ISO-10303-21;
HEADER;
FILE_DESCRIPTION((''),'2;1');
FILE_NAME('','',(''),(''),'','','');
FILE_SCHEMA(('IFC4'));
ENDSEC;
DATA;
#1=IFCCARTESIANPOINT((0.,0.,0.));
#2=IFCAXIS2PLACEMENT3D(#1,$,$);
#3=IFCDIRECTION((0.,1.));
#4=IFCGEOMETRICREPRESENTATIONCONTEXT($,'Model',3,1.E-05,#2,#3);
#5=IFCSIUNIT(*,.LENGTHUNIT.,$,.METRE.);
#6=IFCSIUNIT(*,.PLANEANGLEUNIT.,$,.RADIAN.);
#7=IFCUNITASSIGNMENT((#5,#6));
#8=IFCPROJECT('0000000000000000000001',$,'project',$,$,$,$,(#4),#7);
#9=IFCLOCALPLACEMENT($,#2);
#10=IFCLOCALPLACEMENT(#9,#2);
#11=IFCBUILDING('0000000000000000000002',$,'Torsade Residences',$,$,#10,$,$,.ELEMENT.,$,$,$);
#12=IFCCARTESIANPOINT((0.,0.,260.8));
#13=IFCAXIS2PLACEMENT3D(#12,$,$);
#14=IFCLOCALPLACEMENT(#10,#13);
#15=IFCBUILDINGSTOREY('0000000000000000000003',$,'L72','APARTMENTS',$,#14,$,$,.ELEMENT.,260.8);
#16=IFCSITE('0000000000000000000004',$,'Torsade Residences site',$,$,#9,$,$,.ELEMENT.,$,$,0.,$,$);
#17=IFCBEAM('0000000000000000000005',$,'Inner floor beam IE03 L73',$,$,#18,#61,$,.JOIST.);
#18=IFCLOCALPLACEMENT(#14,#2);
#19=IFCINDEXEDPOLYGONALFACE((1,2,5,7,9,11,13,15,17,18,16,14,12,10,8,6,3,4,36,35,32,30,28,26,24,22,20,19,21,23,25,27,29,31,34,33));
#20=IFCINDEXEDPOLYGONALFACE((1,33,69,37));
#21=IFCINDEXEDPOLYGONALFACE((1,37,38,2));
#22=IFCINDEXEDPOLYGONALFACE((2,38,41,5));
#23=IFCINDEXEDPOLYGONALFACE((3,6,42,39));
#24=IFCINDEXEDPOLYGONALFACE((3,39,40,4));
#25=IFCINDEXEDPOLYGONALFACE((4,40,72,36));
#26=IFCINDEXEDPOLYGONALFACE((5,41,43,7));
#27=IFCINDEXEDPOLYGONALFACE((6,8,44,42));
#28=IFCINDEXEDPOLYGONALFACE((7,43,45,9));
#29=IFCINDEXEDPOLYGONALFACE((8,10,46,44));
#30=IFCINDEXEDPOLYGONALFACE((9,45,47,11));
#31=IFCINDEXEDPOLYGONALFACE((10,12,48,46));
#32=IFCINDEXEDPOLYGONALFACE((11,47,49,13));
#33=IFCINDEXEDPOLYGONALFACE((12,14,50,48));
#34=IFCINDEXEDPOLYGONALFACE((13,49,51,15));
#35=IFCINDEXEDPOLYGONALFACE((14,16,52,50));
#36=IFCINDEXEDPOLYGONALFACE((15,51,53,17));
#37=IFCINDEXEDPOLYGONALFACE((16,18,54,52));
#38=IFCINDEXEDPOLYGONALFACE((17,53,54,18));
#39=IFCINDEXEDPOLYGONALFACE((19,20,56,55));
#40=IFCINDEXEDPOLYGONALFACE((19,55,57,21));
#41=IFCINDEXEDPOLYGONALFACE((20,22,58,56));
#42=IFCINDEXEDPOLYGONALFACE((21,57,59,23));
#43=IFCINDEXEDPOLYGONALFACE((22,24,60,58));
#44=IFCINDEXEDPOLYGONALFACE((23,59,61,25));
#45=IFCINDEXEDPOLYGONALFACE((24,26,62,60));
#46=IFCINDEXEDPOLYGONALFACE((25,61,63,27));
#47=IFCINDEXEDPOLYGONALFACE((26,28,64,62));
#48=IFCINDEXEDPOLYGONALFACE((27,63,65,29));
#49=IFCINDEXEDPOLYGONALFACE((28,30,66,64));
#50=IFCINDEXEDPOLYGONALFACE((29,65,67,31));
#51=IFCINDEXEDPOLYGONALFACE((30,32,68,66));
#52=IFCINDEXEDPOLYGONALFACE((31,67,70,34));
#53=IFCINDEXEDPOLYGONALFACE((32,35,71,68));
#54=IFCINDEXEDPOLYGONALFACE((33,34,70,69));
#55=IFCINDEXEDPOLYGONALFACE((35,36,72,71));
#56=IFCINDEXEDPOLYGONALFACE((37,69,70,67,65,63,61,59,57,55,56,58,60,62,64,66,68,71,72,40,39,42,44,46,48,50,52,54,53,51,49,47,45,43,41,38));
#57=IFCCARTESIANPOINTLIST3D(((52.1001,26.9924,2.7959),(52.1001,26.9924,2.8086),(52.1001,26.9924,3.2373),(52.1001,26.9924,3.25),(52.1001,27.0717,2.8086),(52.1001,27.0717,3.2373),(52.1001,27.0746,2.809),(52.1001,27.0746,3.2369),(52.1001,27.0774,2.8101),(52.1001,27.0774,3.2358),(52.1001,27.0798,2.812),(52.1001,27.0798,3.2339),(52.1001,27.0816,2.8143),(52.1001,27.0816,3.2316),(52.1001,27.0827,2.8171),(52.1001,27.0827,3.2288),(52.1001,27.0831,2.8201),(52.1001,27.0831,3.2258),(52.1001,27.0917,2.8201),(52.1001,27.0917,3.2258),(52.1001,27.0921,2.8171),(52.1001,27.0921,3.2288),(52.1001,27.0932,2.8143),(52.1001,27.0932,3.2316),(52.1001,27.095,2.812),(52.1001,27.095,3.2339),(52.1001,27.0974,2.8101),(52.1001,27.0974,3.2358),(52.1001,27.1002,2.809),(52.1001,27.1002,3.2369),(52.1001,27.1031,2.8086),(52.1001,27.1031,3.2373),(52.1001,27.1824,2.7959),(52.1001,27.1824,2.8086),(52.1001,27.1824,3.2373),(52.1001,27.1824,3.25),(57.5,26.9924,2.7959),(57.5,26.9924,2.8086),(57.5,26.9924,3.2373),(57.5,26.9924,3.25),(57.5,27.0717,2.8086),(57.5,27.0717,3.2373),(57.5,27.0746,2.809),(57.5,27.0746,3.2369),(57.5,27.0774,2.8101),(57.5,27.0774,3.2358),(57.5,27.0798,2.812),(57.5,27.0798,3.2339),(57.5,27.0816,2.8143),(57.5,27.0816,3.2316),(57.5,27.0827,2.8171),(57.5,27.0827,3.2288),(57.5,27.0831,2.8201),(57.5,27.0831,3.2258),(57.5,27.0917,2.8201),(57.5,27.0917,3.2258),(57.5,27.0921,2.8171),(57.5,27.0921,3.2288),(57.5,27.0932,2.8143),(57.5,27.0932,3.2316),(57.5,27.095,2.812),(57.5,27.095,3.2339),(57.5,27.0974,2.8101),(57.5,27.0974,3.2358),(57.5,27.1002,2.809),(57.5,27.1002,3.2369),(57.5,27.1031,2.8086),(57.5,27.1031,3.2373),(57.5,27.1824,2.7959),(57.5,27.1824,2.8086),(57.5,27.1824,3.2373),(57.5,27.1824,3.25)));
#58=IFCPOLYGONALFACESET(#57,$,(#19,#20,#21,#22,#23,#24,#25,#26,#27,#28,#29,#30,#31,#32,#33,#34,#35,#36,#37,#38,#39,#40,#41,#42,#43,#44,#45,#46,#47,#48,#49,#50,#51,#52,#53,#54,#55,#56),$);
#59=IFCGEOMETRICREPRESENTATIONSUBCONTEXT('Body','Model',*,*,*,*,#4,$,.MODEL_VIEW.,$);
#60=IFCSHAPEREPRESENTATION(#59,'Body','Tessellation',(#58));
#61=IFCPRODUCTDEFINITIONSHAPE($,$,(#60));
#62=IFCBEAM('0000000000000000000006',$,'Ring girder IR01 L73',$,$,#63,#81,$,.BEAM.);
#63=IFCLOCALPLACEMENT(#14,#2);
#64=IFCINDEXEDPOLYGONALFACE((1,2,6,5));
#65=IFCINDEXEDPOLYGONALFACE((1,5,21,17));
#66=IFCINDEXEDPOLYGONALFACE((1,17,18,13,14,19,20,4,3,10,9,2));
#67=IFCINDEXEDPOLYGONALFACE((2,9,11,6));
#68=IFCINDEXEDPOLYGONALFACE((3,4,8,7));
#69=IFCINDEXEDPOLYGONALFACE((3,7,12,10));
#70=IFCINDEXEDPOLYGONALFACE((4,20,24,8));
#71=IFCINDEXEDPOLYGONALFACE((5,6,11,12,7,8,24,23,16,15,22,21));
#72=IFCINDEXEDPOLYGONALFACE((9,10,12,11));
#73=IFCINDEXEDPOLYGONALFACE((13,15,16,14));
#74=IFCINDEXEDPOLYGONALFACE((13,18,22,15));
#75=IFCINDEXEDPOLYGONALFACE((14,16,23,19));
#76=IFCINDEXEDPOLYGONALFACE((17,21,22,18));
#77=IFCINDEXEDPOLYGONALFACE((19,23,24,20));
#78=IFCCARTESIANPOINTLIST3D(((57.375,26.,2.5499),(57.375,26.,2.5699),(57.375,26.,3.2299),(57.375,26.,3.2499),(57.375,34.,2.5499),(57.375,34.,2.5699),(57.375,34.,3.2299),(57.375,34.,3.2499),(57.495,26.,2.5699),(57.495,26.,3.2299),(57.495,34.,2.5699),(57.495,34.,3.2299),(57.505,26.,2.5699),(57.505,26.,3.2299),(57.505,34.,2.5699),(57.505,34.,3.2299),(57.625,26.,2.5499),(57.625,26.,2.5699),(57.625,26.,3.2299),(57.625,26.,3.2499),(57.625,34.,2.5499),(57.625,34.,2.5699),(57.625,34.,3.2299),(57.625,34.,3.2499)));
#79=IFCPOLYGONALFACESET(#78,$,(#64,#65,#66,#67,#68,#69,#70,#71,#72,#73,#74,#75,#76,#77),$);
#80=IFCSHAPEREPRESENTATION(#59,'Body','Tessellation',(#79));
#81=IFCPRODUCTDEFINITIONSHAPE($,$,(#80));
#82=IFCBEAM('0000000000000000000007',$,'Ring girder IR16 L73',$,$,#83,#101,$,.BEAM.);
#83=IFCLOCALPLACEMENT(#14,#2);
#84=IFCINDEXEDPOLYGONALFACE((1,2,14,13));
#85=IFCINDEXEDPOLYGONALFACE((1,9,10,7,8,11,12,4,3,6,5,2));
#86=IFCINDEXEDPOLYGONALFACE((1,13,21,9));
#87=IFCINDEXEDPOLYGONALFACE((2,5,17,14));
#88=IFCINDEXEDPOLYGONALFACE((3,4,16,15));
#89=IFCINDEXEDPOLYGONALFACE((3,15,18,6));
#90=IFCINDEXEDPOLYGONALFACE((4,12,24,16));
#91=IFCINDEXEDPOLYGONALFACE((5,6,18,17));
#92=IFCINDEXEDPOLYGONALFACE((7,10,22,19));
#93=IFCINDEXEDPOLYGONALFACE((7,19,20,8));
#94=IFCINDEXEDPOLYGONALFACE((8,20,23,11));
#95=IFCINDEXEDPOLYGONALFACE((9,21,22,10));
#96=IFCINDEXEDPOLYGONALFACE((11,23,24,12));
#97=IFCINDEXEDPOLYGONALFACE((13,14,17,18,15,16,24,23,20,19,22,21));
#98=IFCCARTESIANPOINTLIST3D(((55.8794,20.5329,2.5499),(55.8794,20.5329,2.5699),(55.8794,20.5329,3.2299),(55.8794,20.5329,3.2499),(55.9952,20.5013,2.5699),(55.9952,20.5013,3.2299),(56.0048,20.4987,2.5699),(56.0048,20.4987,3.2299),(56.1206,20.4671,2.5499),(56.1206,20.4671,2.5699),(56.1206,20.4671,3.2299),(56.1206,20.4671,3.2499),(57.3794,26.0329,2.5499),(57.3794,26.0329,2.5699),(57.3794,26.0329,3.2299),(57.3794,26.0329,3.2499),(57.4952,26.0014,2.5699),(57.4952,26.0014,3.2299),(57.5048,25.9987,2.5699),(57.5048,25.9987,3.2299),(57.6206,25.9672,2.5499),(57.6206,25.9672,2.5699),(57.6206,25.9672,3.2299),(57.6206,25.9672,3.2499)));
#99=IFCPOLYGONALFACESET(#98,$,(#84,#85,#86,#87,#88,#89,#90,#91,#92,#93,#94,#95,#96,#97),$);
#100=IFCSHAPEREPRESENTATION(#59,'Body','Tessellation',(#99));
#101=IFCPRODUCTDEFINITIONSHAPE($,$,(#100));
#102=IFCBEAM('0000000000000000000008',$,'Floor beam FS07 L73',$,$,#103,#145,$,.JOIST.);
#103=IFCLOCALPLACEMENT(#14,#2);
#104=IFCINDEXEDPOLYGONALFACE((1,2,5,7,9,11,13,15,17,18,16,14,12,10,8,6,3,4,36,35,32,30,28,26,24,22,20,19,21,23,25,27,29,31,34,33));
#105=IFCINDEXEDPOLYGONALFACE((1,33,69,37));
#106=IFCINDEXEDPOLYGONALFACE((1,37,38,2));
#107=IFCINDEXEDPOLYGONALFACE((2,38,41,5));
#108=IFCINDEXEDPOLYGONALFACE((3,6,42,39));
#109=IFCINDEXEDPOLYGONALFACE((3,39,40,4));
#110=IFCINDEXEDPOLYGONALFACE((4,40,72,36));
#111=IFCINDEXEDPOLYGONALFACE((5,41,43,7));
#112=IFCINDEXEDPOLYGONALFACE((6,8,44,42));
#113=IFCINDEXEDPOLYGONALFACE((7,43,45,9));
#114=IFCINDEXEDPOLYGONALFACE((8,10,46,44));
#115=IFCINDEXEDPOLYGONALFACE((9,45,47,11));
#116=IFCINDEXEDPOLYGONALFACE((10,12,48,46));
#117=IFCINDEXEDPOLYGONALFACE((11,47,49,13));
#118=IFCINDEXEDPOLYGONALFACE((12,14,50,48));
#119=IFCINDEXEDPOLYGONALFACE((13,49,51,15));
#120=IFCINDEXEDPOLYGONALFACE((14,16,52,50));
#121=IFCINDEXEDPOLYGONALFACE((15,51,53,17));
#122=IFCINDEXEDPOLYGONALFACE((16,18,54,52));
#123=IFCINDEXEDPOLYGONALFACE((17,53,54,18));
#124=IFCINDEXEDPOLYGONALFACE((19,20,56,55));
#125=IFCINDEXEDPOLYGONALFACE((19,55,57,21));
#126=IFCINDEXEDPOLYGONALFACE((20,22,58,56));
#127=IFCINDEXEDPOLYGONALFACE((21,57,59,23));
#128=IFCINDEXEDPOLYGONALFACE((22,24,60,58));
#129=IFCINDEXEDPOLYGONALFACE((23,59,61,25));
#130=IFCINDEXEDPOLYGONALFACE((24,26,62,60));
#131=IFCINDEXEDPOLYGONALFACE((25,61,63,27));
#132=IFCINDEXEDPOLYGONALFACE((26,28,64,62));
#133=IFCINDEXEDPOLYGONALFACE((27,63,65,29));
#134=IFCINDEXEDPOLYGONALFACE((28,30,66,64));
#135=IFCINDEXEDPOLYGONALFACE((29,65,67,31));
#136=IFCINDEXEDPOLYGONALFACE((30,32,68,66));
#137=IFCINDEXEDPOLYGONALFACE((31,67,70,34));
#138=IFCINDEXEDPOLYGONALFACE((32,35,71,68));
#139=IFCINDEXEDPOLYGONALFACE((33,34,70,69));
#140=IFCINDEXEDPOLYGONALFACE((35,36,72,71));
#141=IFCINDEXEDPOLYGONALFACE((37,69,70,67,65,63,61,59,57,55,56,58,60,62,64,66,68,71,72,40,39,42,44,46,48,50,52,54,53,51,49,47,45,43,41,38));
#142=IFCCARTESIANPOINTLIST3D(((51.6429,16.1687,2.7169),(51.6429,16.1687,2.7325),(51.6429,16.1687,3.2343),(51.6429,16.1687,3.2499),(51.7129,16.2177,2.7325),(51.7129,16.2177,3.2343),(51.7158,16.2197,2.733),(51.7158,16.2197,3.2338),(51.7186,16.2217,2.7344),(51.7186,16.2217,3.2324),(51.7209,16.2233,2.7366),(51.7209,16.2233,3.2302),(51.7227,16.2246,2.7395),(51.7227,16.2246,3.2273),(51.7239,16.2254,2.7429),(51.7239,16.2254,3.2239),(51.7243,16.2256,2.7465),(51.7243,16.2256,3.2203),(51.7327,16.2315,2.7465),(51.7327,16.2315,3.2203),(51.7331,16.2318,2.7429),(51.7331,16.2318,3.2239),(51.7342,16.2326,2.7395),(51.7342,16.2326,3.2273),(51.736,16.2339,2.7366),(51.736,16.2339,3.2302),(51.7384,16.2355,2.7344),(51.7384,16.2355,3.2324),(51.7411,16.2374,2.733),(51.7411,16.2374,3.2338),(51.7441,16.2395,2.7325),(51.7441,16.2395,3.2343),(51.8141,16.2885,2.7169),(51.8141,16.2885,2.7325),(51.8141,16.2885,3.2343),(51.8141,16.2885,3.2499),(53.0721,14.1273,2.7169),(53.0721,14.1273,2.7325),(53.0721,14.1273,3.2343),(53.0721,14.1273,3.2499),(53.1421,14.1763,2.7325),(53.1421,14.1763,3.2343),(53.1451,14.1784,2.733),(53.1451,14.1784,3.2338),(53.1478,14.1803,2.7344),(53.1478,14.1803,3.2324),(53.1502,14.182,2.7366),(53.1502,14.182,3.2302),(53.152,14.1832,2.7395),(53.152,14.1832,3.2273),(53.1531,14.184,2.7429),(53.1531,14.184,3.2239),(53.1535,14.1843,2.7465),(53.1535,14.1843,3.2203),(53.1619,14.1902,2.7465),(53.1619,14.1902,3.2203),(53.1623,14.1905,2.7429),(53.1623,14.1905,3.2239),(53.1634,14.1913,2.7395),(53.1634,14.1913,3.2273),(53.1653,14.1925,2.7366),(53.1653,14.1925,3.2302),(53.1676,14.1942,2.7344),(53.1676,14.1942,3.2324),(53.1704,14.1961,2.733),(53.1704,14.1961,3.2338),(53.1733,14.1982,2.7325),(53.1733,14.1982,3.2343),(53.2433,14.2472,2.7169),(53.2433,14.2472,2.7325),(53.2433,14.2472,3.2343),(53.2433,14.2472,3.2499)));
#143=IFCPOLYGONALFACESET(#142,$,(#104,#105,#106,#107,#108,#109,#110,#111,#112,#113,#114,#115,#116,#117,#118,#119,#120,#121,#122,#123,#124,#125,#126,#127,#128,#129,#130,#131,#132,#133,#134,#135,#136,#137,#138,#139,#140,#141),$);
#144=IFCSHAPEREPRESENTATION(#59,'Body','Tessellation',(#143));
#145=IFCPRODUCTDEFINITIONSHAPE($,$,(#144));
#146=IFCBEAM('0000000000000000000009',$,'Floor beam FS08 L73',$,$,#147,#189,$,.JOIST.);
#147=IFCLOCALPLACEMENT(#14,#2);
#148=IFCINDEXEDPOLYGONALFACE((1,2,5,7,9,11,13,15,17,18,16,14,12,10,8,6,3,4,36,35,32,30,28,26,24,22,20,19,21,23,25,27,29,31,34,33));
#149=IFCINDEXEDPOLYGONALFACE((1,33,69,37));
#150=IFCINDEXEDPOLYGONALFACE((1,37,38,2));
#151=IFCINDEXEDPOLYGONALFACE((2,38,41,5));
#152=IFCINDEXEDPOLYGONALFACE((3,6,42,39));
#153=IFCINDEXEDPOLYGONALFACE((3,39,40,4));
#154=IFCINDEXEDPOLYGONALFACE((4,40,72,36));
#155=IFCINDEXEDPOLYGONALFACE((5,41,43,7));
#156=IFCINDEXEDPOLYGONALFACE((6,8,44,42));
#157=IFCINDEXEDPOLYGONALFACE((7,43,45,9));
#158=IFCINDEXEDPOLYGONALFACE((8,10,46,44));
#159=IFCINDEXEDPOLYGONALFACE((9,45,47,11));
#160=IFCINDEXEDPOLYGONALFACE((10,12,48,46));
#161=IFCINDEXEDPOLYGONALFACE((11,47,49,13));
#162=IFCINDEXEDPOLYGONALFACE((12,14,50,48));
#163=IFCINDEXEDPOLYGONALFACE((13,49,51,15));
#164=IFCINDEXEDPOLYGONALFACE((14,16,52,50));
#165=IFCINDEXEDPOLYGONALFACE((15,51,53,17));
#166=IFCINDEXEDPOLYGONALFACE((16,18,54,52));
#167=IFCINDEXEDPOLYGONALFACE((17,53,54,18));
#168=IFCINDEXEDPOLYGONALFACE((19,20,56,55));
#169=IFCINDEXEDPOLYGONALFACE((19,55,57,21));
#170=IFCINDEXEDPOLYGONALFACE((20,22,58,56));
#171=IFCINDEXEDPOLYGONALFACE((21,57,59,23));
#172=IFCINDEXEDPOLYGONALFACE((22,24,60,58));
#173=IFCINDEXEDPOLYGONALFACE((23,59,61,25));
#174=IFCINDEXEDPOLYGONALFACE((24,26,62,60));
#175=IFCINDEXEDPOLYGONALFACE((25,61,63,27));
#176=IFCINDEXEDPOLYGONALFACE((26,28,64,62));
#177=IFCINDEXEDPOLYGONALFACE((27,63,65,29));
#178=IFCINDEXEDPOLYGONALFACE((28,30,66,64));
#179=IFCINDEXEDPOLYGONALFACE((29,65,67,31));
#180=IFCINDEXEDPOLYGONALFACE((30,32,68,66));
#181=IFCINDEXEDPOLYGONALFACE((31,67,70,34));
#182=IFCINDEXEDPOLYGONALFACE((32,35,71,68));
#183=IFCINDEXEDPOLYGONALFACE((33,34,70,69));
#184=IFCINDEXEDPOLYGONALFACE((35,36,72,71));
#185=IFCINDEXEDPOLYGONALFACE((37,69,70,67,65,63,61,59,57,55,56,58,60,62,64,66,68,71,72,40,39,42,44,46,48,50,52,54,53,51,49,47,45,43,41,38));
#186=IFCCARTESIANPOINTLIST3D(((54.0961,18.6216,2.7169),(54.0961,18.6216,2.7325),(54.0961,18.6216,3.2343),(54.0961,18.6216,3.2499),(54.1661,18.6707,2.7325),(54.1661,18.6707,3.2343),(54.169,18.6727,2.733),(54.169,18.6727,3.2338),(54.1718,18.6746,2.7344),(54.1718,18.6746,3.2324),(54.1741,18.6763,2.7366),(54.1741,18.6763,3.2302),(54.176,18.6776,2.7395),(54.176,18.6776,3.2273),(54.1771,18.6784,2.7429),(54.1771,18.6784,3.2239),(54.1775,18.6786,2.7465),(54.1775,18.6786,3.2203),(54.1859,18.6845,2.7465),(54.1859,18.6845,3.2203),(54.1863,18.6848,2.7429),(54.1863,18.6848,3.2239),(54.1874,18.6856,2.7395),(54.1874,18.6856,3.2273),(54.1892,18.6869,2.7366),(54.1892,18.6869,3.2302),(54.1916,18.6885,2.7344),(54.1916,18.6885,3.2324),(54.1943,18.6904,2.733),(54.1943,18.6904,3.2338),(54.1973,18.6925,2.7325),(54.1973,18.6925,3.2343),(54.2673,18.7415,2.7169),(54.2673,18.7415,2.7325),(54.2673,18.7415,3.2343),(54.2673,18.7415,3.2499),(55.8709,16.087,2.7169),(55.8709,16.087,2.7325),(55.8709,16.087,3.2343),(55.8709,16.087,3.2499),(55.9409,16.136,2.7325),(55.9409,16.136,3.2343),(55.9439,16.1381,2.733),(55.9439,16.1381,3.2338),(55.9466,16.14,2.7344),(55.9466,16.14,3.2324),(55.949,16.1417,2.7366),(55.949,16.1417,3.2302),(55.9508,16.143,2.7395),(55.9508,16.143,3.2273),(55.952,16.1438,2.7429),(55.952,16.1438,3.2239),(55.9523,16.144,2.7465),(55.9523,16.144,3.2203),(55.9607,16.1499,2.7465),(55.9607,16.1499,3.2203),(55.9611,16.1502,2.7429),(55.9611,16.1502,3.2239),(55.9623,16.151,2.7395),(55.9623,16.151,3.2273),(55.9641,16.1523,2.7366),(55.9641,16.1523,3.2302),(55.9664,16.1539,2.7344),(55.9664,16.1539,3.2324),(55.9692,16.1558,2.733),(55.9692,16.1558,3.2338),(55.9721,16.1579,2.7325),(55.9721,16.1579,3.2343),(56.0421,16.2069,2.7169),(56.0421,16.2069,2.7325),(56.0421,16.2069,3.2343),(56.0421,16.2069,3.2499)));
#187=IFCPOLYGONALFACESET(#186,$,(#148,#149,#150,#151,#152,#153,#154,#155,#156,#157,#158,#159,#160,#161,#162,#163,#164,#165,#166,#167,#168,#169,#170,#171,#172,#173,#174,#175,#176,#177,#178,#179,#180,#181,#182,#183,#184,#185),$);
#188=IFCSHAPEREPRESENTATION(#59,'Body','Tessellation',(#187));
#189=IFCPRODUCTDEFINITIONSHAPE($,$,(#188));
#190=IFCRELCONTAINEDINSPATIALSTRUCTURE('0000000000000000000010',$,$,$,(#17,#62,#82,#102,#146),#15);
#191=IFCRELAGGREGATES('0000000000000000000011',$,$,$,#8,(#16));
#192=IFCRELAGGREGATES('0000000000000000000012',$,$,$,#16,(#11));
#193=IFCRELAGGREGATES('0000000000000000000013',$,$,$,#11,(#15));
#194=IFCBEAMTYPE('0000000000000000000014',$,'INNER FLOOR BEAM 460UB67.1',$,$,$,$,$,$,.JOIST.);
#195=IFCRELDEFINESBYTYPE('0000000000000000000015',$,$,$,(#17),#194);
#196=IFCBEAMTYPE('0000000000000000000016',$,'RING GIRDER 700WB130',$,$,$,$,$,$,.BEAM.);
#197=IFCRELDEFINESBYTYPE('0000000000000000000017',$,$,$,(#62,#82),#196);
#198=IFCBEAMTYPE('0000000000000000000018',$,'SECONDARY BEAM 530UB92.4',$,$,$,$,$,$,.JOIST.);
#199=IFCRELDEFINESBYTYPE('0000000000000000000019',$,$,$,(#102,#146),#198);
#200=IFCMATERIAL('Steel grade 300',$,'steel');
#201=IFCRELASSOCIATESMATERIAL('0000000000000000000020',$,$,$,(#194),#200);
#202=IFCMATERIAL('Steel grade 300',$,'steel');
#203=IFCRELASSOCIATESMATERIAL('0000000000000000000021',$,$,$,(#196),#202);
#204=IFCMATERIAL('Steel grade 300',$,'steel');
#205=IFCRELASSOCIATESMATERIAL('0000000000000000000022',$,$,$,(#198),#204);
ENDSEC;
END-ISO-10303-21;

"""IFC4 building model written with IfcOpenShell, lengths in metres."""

from ifc_helpers import new_model, si_unit, direction, frame, origin, origin_2d, place, context, subcontext, project, spatial, i_section, extrude, material, material_profile, profile_set, type_object, element, save


model = new_model("IFC4")

# Units and contexts
model_context = context("Model", 3, precision=1e-05, world=origin(), true_north=direction((0.0, 1.0)))
body_context = subcontext(model_context, "Body", "Model", "MODEL_VIEW")
ifc_project = project(units=[si_unit("LENGTHUNIT", "METRE"), si_unit("PLANEANGLEUNIT", "RADIAN")], contexts=[model_context])

# Site, building, storey
site_placement = place(None, origin())
site = spatial("IfcSite", under=ifc_project, at=site_placement, Name="Torsade Residences site", CompositionType="ELEMENT", RefElevation=0.0)
building_placement = place(site_placement, origin())
building = spatial("IfcBuilding", under=site, at=building_placement, Name="Torsade Residences", CompositionType="ELEMENT")
storey_placement = place(building_placement, frame((0.0, 0.0, 260.8)))
storey = spatial("IfcBuildingStorey", under=building, at=storey_placement, Name="L72", Description="APARTMENTS", CompositionType="ELEMENT", Elevation=260.8)

# Beams
ifc_material_1 = material(Name="Steel grade 300", Category="steel")
ifc_material_profile_1 = material_profile(ifc_material_1, i_section(OverallWidth=0.1899, OverallDepth=0.4541, WebThickness=0.0085, FlangeThickness=0.0127, FilletRadius=0.0115, at=origin_2d()), Name="460UB67.1")
ifc_profile_set_1 = profile_set([ifc_material_profile_1], Name="Steel grade 300")
beam_type_1 = type_object("IfcBeamType", Name="INNER FLOOR BEAM 460UB67.1", PredefinedType="JOIST", material=ifc_profile_set_1)
beam_1_placement = place(storey_placement, frame((52.1001, 27.0874, 3.0229), z_axis=(1.0, 0.0, 0.0), x_axis=(0.0, 1.0, 0.0)))
element("IfcBeam", 1, at=beam_1_placement, inside=storey, type_object=beam_type_1, Name="Inner floor beam IE03 L73", PredefinedType="JOIST", context=body_context, shape_type="SweptSolid", body=[
    extrude(i_section(OverallWidth=0.1899, OverallDepth=0.4541, WebThickness=0.0085, FlangeThickness=0.0127, FilletRadius=0.0115, at=origin_2d()), origin(), (0.0, 0.0, 1.0), 5.3999),
])
ifc_material_2 = material(Name="Steel grade 300", Category="steel")
ifc_material_profile_2 = material_profile(ifc_material_2, i_section(OverallWidth=0.25, OverallDepth=0.7, WebThickness=0.01, FlangeThickness=0.02, at=origin_2d()), Name="700WB130")
ifc_profile_set_2 = profile_set([ifc_material_profile_2], Name="Steel grade 300")
beam_type_2 = type_object("IfcBeamType", Name="RING GIRDER 700WB130", PredefinedType="BEAM", material=ifc_profile_set_2)
beam_2_placement = place(storey_placement, frame((57.5, 26.0, 2.8999), z_axis=(0.0, 1.0, 0.0), x_axis=(-1.0, 0.0, 0.0)))
element("IfcBeam", 2, at=beam_2_placement, inside=storey, type_object=beam_type_2, Name="Ring girder IR01 L73", PredefinedType="BEAM", context=body_context, shape_type="SweptSolid", body=[
    extrude(i_section(OverallWidth=0.25, OverallDepth=0.7, WebThickness=0.01, FlangeThickness=0.02, at=origin_2d()), origin(), (0.0, 0.0, 1.0), 8.0),
])
beam_3_placement = place(storey_placement, frame((56.0, 20.5, 2.8999), z_axis=(0.263117, 0.964764, 0.0), x_axis=(-0.964764, 0.263117, 0.0)))
element("IfcBeam", 3, at=beam_3_placement, inside=storey, type_object=beam_type_2, Name="Ring girder IR16 L73", PredefinedType="BEAM", context=body_context, shape_type="SweptSolid", body=[
    extrude(i_section(OverallWidth=0.25, OverallDepth=0.7, WebThickness=0.01, FlangeThickness=0.02, at=origin_2d()), origin(), (0.0, 0.0, 1.0), 5.7009),
])
ifc_material_3 = material(Name="Steel grade 300", Category="steel")
ifc_material_profile_3 = material_profile(ifc_material_3, i_section(OverallWidth=0.209, OverallDepth=0.533, WebThickness=0.0103, FlangeThickness=0.0156, FilletRadius=0.0139, at=origin_2d()), Name="530UB92.4")
ifc_profile_set_3 = profile_set([ifc_material_profile_3], Name="Steel grade 300")
beam_type_3 = type_object("IfcBeamType", Name="SECONDARY BEAM 530UB92.4", PredefinedType="JOIST", material=ifc_profile_set_3)
beam_4_placement = place(storey_placement, frame((53.1577, 14.1873, 2.9834), z_axis=(-0.573548, 0.819172, 0.0), x_axis=(-0.819172, -0.573548, 0.0)))
element("IfcBeam", 4, at=beam_4_placement, inside=storey, type_object=beam_type_3, Name="Floor beam FS07 L73", PredefinedType="JOIST", context=body_context, shape_type="SweptSolid", body=[
    extrude(i_section(OverallWidth=0.209, OverallDepth=0.533, WebThickness=0.0103, FlangeThickness=0.0156, FilletRadius=0.0139, at=origin_2d()), origin(), (0.0, 0.0, 1.0), 2.4919),
])
beam_5_placement = place(storey_placement, frame((55.9565, 16.147, 2.9834), z_axis=(-0.5736, 0.819136, 0.0), x_axis=(-0.819136, -0.5736, 0.0)))
element("IfcBeam", 5, at=beam_5_placement, inside=storey, type_object=beam_type_3, Name="Floor beam FS08 L73", PredefinedType="JOIST", context=body_context, shape_type="SweptSolid", body=[
    extrude(i_section(OverallWidth=0.209, OverallDepth=0.533, WebThickness=0.0103, FlangeThickness=0.0156, FilletRadius=0.0139, at=origin_2d()), origin(), (0.0, 0.0, 1.0), 3.0942),
])

save(model, "model.ifc")
